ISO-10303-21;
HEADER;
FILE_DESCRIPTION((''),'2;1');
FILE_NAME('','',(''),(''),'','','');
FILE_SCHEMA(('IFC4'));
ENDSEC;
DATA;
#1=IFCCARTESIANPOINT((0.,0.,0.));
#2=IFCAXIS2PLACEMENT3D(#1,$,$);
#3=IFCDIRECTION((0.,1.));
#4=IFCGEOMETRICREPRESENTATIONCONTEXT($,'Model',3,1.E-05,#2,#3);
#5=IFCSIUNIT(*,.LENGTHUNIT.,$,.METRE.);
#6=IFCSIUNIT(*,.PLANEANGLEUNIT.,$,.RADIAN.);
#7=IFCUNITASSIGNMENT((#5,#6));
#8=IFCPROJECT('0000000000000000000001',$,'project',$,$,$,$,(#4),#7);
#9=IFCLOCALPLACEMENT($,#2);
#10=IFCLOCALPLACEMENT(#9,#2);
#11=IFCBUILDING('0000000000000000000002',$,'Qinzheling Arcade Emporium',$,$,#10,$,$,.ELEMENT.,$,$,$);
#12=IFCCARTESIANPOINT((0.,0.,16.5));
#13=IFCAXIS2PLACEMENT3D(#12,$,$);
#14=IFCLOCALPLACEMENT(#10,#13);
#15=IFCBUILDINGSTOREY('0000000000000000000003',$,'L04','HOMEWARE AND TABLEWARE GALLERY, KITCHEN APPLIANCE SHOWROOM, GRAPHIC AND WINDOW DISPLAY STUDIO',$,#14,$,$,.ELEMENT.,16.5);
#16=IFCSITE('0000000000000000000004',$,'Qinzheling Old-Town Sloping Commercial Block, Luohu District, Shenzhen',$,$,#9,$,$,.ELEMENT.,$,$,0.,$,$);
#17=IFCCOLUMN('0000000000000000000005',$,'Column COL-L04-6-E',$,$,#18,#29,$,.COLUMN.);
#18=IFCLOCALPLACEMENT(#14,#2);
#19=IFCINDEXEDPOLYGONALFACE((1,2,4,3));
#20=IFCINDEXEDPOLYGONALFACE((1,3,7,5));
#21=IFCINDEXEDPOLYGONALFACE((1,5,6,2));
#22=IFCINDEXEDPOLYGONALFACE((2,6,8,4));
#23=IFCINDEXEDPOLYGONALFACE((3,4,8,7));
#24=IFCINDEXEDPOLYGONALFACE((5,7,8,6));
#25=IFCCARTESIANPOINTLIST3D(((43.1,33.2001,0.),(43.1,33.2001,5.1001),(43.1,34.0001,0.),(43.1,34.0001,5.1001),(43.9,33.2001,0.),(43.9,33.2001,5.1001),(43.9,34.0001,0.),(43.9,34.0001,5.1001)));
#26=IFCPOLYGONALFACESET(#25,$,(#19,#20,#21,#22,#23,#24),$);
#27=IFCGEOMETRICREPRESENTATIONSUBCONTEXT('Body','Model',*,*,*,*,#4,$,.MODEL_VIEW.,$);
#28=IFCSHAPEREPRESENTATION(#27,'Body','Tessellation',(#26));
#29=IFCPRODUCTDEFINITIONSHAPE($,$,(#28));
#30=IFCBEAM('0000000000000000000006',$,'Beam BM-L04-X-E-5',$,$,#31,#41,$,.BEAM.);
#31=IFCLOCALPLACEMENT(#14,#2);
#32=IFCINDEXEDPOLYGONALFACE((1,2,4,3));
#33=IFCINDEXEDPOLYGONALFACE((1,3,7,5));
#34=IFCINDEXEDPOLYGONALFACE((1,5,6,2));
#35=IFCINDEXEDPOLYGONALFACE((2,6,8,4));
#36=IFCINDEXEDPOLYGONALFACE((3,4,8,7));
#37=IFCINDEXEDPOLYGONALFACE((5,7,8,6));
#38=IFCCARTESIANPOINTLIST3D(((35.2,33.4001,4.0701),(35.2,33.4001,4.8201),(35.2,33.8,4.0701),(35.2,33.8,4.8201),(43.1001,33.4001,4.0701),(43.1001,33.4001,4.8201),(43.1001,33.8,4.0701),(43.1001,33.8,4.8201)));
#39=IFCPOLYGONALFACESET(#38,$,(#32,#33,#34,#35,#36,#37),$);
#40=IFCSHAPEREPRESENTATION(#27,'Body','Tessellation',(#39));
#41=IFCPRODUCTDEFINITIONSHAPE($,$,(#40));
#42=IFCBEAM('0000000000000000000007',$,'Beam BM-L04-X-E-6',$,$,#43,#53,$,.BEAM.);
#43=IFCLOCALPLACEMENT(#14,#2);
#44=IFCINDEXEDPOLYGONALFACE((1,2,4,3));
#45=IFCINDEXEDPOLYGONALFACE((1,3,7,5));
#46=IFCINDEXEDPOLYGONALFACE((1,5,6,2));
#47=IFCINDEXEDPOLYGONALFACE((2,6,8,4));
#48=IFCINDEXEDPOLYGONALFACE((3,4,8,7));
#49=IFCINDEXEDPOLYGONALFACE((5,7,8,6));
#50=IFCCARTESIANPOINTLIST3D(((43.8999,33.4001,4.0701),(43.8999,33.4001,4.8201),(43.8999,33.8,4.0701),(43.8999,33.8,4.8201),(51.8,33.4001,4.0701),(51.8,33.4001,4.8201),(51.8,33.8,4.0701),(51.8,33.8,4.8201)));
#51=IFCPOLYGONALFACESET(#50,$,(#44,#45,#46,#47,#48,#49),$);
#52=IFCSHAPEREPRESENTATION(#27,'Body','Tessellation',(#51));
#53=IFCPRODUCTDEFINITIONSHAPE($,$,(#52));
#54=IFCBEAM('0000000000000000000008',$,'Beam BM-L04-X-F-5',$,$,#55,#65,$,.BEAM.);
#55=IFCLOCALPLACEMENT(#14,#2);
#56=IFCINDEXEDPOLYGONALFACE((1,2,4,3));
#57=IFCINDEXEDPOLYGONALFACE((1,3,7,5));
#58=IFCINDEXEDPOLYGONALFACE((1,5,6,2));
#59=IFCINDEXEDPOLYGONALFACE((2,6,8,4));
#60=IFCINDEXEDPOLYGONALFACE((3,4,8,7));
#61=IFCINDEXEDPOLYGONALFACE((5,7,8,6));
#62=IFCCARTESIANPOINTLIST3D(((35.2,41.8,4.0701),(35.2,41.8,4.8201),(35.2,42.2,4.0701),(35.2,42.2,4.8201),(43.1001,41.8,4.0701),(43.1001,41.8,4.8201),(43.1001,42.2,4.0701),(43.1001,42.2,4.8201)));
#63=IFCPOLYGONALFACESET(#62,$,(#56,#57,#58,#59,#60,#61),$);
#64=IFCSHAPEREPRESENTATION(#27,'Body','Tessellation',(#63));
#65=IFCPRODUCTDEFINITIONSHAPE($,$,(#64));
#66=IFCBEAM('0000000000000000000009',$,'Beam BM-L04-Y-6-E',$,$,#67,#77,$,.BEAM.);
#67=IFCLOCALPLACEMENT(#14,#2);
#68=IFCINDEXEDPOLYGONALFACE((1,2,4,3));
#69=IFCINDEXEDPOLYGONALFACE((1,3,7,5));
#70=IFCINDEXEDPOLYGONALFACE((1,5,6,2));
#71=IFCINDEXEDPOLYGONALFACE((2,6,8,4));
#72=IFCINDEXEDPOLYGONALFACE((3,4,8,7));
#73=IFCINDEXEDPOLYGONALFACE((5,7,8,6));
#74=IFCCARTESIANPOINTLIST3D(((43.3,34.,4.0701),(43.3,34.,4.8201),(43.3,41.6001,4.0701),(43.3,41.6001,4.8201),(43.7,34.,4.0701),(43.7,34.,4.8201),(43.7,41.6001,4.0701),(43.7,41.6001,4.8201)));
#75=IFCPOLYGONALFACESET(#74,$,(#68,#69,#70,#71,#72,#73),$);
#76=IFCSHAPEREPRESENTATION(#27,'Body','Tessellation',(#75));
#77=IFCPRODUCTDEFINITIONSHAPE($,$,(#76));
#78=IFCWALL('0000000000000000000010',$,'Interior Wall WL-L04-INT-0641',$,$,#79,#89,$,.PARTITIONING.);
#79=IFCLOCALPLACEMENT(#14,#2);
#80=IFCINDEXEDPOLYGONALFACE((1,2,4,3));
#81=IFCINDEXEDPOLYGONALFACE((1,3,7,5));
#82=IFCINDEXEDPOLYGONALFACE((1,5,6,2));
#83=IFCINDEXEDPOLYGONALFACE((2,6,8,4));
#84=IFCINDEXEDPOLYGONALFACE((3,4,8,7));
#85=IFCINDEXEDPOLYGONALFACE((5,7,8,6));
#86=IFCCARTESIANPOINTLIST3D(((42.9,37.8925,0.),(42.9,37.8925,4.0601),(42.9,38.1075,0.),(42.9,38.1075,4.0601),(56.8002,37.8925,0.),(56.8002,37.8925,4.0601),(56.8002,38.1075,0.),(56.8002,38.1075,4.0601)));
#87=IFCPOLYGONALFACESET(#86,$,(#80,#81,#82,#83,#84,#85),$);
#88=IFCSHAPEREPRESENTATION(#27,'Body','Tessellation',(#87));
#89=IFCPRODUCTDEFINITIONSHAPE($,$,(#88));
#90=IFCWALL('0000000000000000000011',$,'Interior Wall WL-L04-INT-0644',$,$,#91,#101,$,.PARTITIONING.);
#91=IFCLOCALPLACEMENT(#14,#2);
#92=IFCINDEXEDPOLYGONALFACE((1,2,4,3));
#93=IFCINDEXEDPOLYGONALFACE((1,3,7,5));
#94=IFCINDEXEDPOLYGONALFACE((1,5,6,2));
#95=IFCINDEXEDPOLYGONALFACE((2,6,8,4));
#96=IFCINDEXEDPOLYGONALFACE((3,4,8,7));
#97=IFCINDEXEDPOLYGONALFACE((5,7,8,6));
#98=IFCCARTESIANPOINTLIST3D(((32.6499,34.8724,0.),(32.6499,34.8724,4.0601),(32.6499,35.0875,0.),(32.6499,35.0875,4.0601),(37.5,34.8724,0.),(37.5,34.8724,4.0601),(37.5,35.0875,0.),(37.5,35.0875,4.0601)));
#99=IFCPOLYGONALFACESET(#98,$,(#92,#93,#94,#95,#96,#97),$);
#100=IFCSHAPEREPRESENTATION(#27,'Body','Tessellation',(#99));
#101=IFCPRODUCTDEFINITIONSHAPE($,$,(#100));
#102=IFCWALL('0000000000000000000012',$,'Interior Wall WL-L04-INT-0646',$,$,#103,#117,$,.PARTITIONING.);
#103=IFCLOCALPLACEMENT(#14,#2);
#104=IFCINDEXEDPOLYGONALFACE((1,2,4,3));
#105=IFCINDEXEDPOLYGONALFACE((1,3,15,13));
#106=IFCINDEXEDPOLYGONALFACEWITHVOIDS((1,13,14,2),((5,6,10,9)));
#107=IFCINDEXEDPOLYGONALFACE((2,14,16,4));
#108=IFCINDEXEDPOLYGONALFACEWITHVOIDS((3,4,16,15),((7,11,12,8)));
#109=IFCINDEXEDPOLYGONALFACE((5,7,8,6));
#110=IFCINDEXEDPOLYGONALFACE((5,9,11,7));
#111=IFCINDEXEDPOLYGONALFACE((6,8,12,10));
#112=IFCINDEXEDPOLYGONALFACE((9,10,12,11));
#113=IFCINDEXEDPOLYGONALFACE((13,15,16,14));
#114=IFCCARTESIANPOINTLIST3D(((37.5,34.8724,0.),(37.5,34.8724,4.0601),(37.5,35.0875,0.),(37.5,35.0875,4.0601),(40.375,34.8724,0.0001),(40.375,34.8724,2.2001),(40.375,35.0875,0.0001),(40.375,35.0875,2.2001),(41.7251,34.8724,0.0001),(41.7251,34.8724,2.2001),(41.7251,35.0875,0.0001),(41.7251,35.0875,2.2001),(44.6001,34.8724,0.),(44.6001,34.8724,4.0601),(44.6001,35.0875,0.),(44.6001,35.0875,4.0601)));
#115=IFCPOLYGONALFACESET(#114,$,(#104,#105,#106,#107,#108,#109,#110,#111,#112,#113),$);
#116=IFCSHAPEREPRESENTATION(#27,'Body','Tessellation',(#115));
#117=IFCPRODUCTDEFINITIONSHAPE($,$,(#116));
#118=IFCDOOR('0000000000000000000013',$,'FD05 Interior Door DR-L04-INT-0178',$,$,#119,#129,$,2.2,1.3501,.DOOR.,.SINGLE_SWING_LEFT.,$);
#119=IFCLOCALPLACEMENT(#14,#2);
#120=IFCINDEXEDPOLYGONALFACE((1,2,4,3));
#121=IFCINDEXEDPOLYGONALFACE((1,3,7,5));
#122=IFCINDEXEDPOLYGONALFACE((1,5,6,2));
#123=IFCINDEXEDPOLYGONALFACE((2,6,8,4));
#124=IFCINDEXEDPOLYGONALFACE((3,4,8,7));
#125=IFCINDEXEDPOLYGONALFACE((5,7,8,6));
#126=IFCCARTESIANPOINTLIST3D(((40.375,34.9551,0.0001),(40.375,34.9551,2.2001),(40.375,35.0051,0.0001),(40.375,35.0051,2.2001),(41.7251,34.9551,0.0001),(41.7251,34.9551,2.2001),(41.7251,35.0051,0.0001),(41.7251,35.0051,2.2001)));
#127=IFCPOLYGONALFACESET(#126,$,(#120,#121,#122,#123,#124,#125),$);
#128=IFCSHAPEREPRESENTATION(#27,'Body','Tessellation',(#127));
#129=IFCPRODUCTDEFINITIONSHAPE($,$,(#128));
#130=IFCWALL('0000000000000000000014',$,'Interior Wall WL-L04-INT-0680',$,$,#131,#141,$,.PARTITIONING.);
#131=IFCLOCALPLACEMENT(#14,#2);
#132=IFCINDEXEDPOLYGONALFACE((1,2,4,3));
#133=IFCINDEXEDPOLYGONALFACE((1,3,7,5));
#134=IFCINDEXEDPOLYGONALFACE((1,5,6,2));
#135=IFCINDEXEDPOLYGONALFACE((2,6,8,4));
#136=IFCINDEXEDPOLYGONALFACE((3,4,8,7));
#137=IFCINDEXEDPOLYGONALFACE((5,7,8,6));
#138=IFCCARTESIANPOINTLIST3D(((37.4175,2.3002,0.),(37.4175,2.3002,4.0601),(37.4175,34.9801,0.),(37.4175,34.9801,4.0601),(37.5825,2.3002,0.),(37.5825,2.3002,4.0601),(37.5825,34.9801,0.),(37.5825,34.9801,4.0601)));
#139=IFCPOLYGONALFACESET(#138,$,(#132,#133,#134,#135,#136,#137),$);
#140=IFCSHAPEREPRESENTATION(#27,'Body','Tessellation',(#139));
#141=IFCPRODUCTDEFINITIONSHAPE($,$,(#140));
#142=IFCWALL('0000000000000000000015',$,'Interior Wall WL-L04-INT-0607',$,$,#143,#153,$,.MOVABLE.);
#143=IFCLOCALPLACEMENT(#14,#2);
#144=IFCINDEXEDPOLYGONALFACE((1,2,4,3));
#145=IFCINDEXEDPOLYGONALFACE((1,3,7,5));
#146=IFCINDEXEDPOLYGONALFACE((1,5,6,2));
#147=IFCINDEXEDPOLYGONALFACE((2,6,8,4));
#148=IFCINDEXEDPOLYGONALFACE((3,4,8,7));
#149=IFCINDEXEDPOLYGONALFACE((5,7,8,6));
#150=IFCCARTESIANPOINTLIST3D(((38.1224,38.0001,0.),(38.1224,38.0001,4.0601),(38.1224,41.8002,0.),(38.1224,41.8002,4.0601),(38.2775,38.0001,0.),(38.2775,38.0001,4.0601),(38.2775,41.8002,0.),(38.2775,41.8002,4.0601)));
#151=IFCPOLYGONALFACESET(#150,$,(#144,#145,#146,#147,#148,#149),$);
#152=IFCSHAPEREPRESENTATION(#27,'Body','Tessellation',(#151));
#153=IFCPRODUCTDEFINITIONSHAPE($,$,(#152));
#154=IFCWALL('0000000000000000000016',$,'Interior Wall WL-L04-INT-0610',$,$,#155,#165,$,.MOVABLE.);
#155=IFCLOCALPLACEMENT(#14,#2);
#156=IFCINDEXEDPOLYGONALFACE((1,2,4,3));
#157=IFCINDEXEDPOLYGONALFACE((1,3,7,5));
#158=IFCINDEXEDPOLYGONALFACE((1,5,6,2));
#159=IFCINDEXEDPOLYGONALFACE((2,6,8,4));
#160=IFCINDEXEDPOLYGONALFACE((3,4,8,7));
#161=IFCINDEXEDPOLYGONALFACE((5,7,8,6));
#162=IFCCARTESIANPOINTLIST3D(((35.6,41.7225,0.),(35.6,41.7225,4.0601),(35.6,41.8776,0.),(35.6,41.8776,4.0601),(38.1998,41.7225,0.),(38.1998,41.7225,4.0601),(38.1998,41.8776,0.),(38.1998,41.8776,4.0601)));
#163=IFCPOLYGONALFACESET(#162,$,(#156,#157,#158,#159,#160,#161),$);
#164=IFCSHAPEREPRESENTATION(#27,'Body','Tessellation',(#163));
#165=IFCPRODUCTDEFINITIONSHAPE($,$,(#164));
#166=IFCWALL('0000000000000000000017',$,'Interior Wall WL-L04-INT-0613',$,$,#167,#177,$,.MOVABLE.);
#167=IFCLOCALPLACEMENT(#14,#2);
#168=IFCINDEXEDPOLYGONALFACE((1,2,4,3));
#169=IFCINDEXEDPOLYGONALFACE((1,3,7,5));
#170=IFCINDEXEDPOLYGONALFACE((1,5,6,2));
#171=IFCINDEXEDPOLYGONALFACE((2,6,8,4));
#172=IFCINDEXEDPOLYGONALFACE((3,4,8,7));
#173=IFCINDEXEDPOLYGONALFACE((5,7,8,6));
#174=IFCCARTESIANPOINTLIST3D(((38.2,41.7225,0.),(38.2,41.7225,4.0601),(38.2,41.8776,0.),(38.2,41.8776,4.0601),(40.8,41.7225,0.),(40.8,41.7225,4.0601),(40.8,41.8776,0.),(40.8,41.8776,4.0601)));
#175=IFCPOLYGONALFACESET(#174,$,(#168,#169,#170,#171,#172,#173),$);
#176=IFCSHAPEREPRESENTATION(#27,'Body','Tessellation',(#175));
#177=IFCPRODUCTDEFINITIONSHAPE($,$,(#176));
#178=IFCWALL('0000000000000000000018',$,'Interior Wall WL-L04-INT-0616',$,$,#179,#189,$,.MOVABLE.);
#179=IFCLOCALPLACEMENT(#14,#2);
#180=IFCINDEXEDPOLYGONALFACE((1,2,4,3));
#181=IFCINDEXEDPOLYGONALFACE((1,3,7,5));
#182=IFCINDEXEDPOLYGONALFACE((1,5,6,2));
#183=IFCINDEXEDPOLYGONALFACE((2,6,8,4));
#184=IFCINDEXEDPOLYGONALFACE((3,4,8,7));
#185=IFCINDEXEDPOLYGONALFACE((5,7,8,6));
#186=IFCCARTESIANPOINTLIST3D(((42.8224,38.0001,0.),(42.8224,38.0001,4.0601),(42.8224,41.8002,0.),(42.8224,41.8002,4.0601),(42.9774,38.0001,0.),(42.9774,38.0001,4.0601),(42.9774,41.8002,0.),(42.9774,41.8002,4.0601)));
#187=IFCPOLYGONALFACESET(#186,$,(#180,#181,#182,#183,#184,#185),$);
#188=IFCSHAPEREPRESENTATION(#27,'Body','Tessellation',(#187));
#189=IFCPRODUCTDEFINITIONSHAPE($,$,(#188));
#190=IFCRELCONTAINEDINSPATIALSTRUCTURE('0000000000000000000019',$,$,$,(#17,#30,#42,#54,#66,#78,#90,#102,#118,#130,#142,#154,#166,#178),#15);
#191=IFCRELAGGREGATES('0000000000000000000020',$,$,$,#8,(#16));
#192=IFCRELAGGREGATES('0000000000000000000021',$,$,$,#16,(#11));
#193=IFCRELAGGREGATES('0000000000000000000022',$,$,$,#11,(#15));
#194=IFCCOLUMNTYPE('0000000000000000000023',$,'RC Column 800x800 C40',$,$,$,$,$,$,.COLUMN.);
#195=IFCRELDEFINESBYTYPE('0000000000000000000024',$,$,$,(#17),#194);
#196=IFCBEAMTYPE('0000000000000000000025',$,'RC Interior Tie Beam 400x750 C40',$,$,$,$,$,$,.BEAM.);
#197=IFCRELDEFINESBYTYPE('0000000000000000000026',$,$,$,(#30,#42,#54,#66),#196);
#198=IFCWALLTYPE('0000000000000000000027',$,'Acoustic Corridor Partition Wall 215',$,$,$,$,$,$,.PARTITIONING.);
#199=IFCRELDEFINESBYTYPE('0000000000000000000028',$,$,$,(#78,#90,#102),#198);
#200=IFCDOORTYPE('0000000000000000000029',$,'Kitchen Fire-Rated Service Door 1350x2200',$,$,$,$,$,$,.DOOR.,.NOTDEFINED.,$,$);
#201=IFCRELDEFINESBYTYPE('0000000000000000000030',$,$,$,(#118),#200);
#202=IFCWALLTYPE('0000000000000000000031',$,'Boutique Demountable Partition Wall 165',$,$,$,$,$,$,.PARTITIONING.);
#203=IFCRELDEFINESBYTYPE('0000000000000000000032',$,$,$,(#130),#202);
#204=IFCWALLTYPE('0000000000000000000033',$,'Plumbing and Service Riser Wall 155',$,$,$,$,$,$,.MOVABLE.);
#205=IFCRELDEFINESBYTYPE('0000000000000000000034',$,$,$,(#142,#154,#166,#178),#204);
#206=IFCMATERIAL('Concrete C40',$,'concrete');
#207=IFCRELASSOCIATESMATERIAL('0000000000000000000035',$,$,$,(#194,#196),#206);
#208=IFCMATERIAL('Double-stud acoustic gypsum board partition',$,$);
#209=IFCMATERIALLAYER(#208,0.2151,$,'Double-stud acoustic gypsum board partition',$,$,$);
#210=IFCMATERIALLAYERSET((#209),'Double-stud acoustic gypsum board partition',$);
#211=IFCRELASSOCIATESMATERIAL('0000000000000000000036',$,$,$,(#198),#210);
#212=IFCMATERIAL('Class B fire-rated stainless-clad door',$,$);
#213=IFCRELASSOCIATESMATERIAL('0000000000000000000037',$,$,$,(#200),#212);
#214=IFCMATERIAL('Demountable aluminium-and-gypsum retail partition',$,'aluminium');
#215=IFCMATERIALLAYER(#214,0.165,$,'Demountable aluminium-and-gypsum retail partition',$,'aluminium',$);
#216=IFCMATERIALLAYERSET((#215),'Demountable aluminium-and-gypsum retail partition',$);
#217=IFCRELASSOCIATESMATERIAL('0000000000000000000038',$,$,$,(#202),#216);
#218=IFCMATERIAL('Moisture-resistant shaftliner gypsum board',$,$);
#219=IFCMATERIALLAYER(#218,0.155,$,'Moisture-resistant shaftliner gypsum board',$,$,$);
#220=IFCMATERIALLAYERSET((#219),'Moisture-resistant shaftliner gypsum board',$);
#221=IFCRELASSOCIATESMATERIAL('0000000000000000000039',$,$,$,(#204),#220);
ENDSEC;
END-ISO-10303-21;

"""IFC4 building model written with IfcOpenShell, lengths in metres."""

from ifc_helpers import new_model, si_unit, direction, frame, frame_2d, origin, origin_2d, place, context, subcontext, project, spatial, rectangle, extrude, material, layer, layer_set, material_profile, profile_set, type_object, element, fill, save


model = new_model("IFC4")

# Units and contexts
model_context = context("Model", 3, precision=1e-05, world=origin(), true_north=direction((0.0, 1.0)))
body_context = subcontext(model_context, "Body", "Model", "MODEL_VIEW")
ifc_project = project(units=[si_unit("LENGTHUNIT", "METRE"), si_unit("PLANEANGLEUNIT", "RADIAN")], contexts=[model_context])

# Site, building, storey
site_placement = place(None, origin())
site = spatial("IfcSite", under=ifc_project, at=site_placement, Name="Qinzheling Old-Town Sloping Commercial Block, Luohu District, Shenzhen", CompositionType="ELEMENT", RefElevation=0.0)
building_placement = place(site_placement, origin())
building = spatial("IfcBuilding", under=site, at=building_placement, Name="Qinzheling Arcade Emporium", CompositionType="ELEMENT")
storey_placement = place(building_placement, frame((0.0, 0.0, 16.5)))
storey = spatial("IfcBuildingStorey", under=building, at=storey_placement, Name="L04", Description="HOMEWARE AND TABLEWARE GALLERY, KITCHEN APPLIANCE SHOWROOM, GRAPHIC AND WINDOW DISPLAY STUDIO", CompositionType="ELEMENT", Elevation=16.5)

# Column
ifc_material_1 = material(Name="Concrete C40", Category="concrete")
ifc_material_profile_1 = material_profile(ifc_material_1, rectangle(XDim=0.8, YDim=0.8, at=origin_2d()), Name="RC 800x800", Category="concrete")
ifc_profile_set_1 = profile_set([ifc_material_profile_1], Name="Concrete C40")
column_type = type_object("IfcColumnType", Name="RC Column 800x800 C40", PredefinedType="COLUMN", material=ifc_profile_set_1)
column_placement = place(storey_placement, frame((43.5, 33.6001, 0.0), z_axis=(0.0, 0.0, 1.0), x_axis=(1.0, 0.0, 0.0)))
element("IfcColumn", 1, at=column_placement, inside=storey, type_object=column_type, Name="Column COL-L04-6-E", PredefinedType="COLUMN", context=body_context, shape_type="SweptSolid", body=[
    extrude(rectangle(XDim=0.8, YDim=0.8, at=origin_2d()), origin(), (0.0, 0.0, 1.0), 5.1001),
])

# Beams
ifc_material_profile_2 = material_profile(ifc_material_1, rectangle(XDim=0.3999, YDim=0.75, at=origin_2d()), Name="RC 400x750", Category="concrete")
ifc_profile_set_2 = profile_set([ifc_material_profile_2], Name="Concrete C40")
beam_type = type_object("IfcBeamType", Name="RC Interior Tie Beam 400x750 C40", PredefinedType="BEAM", material=ifc_profile_set_2)
for number, where, z_axis, x_axis, name in (
    (2, (35.2, 33.6001, 4.4451), (1.0, 0.0, 0.0), (0.0, 1.0, 0.0), "Beam BM-L04-X-E-5"),
    (3, (43.8999, 33.6001, 4.4451), (1.0, 0.0, 0.0), (0.0, 1.0, 0.0), "Beam BM-L04-X-E-6"),
    (4, (35.2, 42.0, 4.4451), (1.0, 0.0, 0.0), (0.0, 1.0, 0.0), "Beam BM-L04-X-F-5"),
):
    element("IfcBeam", number, at=place(storey_placement, frame(where, z_axis=z_axis, x_axis=x_axis)), inside=storey, type_object=beam_type, Name=name, PredefinedType="BEAM", context=body_context, shape_type="SweptSolid", body=[
        extrude(rectangle(XDim=0.3999, YDim=0.75, at=origin_2d()), origin(), (0.0, 0.0, 1.0), 7.9001),
    ])
beam_placement = place(storey_placement, frame((43.5, 34.0, 4.4451), z_axis=(0.0, 1.0, 0.0), x_axis=(-1.0, 0.0, 0.0)))
element("IfcBeam", 5, at=beam_placement, inside=storey, type_object=beam_type, Name="Beam BM-L04-Y-6-E", PredefinedType="BEAM", context=body_context, shape_type="SweptSolid", body=[
    extrude(rectangle(XDim=0.3999, YDim=0.75, at=origin_2d()), origin(), (0.0, 0.0, 1.0), 7.6001),
])

# Walls
ifc_material_2 = material(Name="Double-stud acoustic gypsum board partition")
ifc_layer_1 = layer(ifc_material_2, 0.2151, Name="Double-stud acoustic gypsum board partition")
ifc_layer_set_1 = layer_set([ifc_layer_1], Name="Double-stud acoustic gypsum board partition")
wall_type_1 = type_object("IfcWallType", Name="Acoustic Corridor Partition Wall 215", PredefinedType="PARTITIONING", material=ifc_layer_set_1)
wall_1_placement = place(storey_placement, frame((42.8999, 38.0, 0.0), z_axis=(0.0, 0.0, 1.0), x_axis=(1.0, 0.0, 0.0)))
element("IfcWall", 6, at=wall_1_placement, inside=storey, type_object=wall_type_1, Name="Interior Wall WL-L04-INT-0641", PredefinedType="PARTITIONING", context=body_context, shape_type="SweptSolid", body=[
    extrude(rectangle(XDim=13.9001, YDim=0.2151, at=frame_2d((6.9502, 0.0))), origin(), (0.0, 0.0, 1.0), 4.0601),
])
wall_2_placement = place(storey_placement, frame((37.5, 34.98, 0.0), z_axis=(0.0, 0.0, 1.0), x_axis=(-1.0, 0.0, 0.0)))
element("IfcWall", 7, at=wall_2_placement, inside=storey, type_object=wall_type_1, Name="Interior Wall WL-L04-INT-0644", PredefinedType="PARTITIONING", context=body_context, shape_type="SweptSolid", body=[
    extrude(rectangle(XDim=4.8501, YDim=0.2151, at=frame_2d((2.425, 0.0))), origin(), (0.0, 0.0, 1.0), 4.0601),
])

# Wall, opening, door
wall_3_placement = place(storey_placement, frame((44.6001, 34.98, 0.0), z_axis=(0.0, 0.0, 1.0), x_axis=(-1.0, 0.0, 0.0)))
wall_3 = element("IfcWall", 8, at=wall_3_placement, inside=storey, type_object=wall_type_1, Name="Interior Wall WL-L04-INT-0646", PredefinedType="PARTITIONING", context=body_context, shape_type="SweptSolid", body=[
    extrude(rectangle(XDim=7.1001, YDim=0.2151, at=frame_2d((3.55, 0.0))), origin(), (0.0, 0.0, 1.0), 4.0601),
])
opening_1_placement = place(wall_3_placement, frame((2.875, 0.0, 0.0)))
opening_1 = element("IfcOpeningElement", 9, at=opening_1_placement, cuts=wall_3, PredefinedType="OPENING", context=body_context, shape_type="SweptSolid", body=[
    extrude(rectangle(XDim=1.3501, YDim=2.2, at=frame_2d((0.675, 1.1001))), frame((0.0, 0.1177, 0.0), z_axis=(0.0, -1.0, 0.0), x_axis=(1.0, 0.0, 0.0)), (0.0, 0.0, 1.0), 0.2351),
])
ifc_material_3 = material(Name="Class B fire-rated stainless-clad door")
door_type_1 = type_object("IfcDoorType", Name="Kitchen Fire-Rated Service Door 1350x2200", OperationType="NOTDEFINED", PredefinedType="DOOR", material=ifc_material_3)
door_1_placement = place(opening_1_placement, origin())
door_1 = element("IfcDoor", 10, at=door_1_placement, inside=storey, type_object=door_type_1, Name="FD05 Interior Door DR-L04-INT-0178", OperationType="SINGLE_SWING_LEFT", OverallHeight=2.2, OverallWidth=1.3501, PredefinedType="DOOR", context=body_context, shape_type="SweptSolid", body=[
    extrude(rectangle(XDim=1.3501, YDim=2.2, at=frame_2d((0.675, 1.1001))), frame((0.0, 0.0249, 0.0), z_axis=(0.0, -1.0, 0.0), x_axis=(1.0, 0.0, 0.0)), (0.0, 0.0, 1.0), 0.05),
])
fill(opening_1, door_1)

# Walls
ifc_material_4 = material(Name="Demountable aluminium-and-gypsum retail partition", Category="aluminium")
ifc_layer_2 = layer(ifc_material_4, 0.165, Name="Demountable aluminium-and-gypsum retail partition", Category="aluminium")
ifc_layer_set_2 = layer_set([ifc_layer_2], Name="Demountable aluminium-and-gypsum retail partition")
wall_type_2 = type_object("IfcWallType", Name="Boutique Demountable Partition Wall 165", PredefinedType="PARTITIONING", material=ifc_layer_set_2)
wall_4_placement = place(storey_placement, frame((37.5, 34.98, 0.0), z_axis=(0.0, 0.0, 1.0), x_axis=(0.0, -1.0, 0.0)))
element("IfcWall", 11, at=wall_4_placement, inside=storey, type_object=wall_type_2, Name="Interior Wall WL-L04-INT-0680", PredefinedType="PARTITIONING", context=body_context, shape_type="SweptSolid", body=[
    extrude(rectangle(XDim=32.6799, YDim=0.165, at=frame_2d((16.3398, 0.0))), origin(), (0.0, 0.0, 1.0), 4.0601),
])
ifc_material_5 = material(Name="Moisture-resistant shaftliner gypsum board")
ifc_layer_3 = layer(ifc_material_5, 0.155, Name="Moisture-resistant shaftliner gypsum board")
ifc_layer_set_3 = layer_set([ifc_layer_3], Name="Moisture-resistant shaftliner gypsum board")
wall_type_3 = type_object("IfcWallType", Name="Plumbing and Service Riser Wall 155", PredefinedType="MOVABLE", material=ifc_layer_set_3)
wall_5_placement = place(storey_placement, frame((38.2, 41.8, 0.0), z_axis=(0.0, 0.0, 1.0), x_axis=(0.0, -1.0, 0.0)))
element("IfcWall", 12, at=wall_5_placement, inside=storey, type_object=wall_type_3, Name="Interior Wall WL-L04-INT-0607", PredefinedType="MOVABLE", context=body_context, shape_type="SweptSolid", body=[
    extrude(rectangle(XDim=3.8, YDim=0.155, at=frame_2d((1.8999, 0.0))), origin(), (0.0, 0.0, 1.0), 4.0601),
])
wall_6_placement = place(storey_placement, frame((35.6001, 41.8, 0.0), z_axis=(0.0, 0.0, 1.0), x_axis=(1.0, 0.0, 0.0)))
element("IfcWall", 13, at=wall_6_placement, inside=storey, type_object=wall_type_3, Name="Interior Wall WL-L04-INT-0610", PredefinedType="MOVABLE", context=body_context, shape_type="SweptSolid", body=[
    extrude(rectangle(XDim=2.5999, YDim=0.155, at=frame_2d((1.2998, 0.0))), origin(), (0.0, 0.0, 1.0), 4.0601),
])
wall_7_placement = place(storey_placement, frame((38.2, 41.8, 0.0), z_axis=(0.0, 0.0, 1.0), x_axis=(1.0, 0.0, 0.0)))
element("IfcWall", 14, at=wall_7_placement, inside=storey, type_object=wall_type_3, Name="Interior Wall WL-L04-INT-0613", PredefinedType="MOVABLE", context=body_context, shape_type="SweptSolid", body=[
    extrude(rectangle(XDim=2.6001, YDim=0.155, at=frame_2d((1.3, 0.0))), origin(), (0.0, 0.0, 1.0), 4.0601),
])
wall_8_placement = place(storey_placement, frame((42.8999, 41.8, 0.0), z_axis=(0.0, 0.0, 1.0), x_axis=(0.0, -1.0, 0.0)))
element("IfcWall", 15, at=wall_8_placement, inside=storey, type_object=wall_type_3, Name="Interior Wall WL-L04-INT-0616", PredefinedType="MOVABLE", context=body_context, shape_type="SweptSolid", body=[
    extrude(rectangle(XDim=3.8, YDim=0.155, at=frame_2d((1.8999, 0.0))), origin(), (0.0, 0.0, 1.0), 4.0601),
])

save(model, "model.ifc")
